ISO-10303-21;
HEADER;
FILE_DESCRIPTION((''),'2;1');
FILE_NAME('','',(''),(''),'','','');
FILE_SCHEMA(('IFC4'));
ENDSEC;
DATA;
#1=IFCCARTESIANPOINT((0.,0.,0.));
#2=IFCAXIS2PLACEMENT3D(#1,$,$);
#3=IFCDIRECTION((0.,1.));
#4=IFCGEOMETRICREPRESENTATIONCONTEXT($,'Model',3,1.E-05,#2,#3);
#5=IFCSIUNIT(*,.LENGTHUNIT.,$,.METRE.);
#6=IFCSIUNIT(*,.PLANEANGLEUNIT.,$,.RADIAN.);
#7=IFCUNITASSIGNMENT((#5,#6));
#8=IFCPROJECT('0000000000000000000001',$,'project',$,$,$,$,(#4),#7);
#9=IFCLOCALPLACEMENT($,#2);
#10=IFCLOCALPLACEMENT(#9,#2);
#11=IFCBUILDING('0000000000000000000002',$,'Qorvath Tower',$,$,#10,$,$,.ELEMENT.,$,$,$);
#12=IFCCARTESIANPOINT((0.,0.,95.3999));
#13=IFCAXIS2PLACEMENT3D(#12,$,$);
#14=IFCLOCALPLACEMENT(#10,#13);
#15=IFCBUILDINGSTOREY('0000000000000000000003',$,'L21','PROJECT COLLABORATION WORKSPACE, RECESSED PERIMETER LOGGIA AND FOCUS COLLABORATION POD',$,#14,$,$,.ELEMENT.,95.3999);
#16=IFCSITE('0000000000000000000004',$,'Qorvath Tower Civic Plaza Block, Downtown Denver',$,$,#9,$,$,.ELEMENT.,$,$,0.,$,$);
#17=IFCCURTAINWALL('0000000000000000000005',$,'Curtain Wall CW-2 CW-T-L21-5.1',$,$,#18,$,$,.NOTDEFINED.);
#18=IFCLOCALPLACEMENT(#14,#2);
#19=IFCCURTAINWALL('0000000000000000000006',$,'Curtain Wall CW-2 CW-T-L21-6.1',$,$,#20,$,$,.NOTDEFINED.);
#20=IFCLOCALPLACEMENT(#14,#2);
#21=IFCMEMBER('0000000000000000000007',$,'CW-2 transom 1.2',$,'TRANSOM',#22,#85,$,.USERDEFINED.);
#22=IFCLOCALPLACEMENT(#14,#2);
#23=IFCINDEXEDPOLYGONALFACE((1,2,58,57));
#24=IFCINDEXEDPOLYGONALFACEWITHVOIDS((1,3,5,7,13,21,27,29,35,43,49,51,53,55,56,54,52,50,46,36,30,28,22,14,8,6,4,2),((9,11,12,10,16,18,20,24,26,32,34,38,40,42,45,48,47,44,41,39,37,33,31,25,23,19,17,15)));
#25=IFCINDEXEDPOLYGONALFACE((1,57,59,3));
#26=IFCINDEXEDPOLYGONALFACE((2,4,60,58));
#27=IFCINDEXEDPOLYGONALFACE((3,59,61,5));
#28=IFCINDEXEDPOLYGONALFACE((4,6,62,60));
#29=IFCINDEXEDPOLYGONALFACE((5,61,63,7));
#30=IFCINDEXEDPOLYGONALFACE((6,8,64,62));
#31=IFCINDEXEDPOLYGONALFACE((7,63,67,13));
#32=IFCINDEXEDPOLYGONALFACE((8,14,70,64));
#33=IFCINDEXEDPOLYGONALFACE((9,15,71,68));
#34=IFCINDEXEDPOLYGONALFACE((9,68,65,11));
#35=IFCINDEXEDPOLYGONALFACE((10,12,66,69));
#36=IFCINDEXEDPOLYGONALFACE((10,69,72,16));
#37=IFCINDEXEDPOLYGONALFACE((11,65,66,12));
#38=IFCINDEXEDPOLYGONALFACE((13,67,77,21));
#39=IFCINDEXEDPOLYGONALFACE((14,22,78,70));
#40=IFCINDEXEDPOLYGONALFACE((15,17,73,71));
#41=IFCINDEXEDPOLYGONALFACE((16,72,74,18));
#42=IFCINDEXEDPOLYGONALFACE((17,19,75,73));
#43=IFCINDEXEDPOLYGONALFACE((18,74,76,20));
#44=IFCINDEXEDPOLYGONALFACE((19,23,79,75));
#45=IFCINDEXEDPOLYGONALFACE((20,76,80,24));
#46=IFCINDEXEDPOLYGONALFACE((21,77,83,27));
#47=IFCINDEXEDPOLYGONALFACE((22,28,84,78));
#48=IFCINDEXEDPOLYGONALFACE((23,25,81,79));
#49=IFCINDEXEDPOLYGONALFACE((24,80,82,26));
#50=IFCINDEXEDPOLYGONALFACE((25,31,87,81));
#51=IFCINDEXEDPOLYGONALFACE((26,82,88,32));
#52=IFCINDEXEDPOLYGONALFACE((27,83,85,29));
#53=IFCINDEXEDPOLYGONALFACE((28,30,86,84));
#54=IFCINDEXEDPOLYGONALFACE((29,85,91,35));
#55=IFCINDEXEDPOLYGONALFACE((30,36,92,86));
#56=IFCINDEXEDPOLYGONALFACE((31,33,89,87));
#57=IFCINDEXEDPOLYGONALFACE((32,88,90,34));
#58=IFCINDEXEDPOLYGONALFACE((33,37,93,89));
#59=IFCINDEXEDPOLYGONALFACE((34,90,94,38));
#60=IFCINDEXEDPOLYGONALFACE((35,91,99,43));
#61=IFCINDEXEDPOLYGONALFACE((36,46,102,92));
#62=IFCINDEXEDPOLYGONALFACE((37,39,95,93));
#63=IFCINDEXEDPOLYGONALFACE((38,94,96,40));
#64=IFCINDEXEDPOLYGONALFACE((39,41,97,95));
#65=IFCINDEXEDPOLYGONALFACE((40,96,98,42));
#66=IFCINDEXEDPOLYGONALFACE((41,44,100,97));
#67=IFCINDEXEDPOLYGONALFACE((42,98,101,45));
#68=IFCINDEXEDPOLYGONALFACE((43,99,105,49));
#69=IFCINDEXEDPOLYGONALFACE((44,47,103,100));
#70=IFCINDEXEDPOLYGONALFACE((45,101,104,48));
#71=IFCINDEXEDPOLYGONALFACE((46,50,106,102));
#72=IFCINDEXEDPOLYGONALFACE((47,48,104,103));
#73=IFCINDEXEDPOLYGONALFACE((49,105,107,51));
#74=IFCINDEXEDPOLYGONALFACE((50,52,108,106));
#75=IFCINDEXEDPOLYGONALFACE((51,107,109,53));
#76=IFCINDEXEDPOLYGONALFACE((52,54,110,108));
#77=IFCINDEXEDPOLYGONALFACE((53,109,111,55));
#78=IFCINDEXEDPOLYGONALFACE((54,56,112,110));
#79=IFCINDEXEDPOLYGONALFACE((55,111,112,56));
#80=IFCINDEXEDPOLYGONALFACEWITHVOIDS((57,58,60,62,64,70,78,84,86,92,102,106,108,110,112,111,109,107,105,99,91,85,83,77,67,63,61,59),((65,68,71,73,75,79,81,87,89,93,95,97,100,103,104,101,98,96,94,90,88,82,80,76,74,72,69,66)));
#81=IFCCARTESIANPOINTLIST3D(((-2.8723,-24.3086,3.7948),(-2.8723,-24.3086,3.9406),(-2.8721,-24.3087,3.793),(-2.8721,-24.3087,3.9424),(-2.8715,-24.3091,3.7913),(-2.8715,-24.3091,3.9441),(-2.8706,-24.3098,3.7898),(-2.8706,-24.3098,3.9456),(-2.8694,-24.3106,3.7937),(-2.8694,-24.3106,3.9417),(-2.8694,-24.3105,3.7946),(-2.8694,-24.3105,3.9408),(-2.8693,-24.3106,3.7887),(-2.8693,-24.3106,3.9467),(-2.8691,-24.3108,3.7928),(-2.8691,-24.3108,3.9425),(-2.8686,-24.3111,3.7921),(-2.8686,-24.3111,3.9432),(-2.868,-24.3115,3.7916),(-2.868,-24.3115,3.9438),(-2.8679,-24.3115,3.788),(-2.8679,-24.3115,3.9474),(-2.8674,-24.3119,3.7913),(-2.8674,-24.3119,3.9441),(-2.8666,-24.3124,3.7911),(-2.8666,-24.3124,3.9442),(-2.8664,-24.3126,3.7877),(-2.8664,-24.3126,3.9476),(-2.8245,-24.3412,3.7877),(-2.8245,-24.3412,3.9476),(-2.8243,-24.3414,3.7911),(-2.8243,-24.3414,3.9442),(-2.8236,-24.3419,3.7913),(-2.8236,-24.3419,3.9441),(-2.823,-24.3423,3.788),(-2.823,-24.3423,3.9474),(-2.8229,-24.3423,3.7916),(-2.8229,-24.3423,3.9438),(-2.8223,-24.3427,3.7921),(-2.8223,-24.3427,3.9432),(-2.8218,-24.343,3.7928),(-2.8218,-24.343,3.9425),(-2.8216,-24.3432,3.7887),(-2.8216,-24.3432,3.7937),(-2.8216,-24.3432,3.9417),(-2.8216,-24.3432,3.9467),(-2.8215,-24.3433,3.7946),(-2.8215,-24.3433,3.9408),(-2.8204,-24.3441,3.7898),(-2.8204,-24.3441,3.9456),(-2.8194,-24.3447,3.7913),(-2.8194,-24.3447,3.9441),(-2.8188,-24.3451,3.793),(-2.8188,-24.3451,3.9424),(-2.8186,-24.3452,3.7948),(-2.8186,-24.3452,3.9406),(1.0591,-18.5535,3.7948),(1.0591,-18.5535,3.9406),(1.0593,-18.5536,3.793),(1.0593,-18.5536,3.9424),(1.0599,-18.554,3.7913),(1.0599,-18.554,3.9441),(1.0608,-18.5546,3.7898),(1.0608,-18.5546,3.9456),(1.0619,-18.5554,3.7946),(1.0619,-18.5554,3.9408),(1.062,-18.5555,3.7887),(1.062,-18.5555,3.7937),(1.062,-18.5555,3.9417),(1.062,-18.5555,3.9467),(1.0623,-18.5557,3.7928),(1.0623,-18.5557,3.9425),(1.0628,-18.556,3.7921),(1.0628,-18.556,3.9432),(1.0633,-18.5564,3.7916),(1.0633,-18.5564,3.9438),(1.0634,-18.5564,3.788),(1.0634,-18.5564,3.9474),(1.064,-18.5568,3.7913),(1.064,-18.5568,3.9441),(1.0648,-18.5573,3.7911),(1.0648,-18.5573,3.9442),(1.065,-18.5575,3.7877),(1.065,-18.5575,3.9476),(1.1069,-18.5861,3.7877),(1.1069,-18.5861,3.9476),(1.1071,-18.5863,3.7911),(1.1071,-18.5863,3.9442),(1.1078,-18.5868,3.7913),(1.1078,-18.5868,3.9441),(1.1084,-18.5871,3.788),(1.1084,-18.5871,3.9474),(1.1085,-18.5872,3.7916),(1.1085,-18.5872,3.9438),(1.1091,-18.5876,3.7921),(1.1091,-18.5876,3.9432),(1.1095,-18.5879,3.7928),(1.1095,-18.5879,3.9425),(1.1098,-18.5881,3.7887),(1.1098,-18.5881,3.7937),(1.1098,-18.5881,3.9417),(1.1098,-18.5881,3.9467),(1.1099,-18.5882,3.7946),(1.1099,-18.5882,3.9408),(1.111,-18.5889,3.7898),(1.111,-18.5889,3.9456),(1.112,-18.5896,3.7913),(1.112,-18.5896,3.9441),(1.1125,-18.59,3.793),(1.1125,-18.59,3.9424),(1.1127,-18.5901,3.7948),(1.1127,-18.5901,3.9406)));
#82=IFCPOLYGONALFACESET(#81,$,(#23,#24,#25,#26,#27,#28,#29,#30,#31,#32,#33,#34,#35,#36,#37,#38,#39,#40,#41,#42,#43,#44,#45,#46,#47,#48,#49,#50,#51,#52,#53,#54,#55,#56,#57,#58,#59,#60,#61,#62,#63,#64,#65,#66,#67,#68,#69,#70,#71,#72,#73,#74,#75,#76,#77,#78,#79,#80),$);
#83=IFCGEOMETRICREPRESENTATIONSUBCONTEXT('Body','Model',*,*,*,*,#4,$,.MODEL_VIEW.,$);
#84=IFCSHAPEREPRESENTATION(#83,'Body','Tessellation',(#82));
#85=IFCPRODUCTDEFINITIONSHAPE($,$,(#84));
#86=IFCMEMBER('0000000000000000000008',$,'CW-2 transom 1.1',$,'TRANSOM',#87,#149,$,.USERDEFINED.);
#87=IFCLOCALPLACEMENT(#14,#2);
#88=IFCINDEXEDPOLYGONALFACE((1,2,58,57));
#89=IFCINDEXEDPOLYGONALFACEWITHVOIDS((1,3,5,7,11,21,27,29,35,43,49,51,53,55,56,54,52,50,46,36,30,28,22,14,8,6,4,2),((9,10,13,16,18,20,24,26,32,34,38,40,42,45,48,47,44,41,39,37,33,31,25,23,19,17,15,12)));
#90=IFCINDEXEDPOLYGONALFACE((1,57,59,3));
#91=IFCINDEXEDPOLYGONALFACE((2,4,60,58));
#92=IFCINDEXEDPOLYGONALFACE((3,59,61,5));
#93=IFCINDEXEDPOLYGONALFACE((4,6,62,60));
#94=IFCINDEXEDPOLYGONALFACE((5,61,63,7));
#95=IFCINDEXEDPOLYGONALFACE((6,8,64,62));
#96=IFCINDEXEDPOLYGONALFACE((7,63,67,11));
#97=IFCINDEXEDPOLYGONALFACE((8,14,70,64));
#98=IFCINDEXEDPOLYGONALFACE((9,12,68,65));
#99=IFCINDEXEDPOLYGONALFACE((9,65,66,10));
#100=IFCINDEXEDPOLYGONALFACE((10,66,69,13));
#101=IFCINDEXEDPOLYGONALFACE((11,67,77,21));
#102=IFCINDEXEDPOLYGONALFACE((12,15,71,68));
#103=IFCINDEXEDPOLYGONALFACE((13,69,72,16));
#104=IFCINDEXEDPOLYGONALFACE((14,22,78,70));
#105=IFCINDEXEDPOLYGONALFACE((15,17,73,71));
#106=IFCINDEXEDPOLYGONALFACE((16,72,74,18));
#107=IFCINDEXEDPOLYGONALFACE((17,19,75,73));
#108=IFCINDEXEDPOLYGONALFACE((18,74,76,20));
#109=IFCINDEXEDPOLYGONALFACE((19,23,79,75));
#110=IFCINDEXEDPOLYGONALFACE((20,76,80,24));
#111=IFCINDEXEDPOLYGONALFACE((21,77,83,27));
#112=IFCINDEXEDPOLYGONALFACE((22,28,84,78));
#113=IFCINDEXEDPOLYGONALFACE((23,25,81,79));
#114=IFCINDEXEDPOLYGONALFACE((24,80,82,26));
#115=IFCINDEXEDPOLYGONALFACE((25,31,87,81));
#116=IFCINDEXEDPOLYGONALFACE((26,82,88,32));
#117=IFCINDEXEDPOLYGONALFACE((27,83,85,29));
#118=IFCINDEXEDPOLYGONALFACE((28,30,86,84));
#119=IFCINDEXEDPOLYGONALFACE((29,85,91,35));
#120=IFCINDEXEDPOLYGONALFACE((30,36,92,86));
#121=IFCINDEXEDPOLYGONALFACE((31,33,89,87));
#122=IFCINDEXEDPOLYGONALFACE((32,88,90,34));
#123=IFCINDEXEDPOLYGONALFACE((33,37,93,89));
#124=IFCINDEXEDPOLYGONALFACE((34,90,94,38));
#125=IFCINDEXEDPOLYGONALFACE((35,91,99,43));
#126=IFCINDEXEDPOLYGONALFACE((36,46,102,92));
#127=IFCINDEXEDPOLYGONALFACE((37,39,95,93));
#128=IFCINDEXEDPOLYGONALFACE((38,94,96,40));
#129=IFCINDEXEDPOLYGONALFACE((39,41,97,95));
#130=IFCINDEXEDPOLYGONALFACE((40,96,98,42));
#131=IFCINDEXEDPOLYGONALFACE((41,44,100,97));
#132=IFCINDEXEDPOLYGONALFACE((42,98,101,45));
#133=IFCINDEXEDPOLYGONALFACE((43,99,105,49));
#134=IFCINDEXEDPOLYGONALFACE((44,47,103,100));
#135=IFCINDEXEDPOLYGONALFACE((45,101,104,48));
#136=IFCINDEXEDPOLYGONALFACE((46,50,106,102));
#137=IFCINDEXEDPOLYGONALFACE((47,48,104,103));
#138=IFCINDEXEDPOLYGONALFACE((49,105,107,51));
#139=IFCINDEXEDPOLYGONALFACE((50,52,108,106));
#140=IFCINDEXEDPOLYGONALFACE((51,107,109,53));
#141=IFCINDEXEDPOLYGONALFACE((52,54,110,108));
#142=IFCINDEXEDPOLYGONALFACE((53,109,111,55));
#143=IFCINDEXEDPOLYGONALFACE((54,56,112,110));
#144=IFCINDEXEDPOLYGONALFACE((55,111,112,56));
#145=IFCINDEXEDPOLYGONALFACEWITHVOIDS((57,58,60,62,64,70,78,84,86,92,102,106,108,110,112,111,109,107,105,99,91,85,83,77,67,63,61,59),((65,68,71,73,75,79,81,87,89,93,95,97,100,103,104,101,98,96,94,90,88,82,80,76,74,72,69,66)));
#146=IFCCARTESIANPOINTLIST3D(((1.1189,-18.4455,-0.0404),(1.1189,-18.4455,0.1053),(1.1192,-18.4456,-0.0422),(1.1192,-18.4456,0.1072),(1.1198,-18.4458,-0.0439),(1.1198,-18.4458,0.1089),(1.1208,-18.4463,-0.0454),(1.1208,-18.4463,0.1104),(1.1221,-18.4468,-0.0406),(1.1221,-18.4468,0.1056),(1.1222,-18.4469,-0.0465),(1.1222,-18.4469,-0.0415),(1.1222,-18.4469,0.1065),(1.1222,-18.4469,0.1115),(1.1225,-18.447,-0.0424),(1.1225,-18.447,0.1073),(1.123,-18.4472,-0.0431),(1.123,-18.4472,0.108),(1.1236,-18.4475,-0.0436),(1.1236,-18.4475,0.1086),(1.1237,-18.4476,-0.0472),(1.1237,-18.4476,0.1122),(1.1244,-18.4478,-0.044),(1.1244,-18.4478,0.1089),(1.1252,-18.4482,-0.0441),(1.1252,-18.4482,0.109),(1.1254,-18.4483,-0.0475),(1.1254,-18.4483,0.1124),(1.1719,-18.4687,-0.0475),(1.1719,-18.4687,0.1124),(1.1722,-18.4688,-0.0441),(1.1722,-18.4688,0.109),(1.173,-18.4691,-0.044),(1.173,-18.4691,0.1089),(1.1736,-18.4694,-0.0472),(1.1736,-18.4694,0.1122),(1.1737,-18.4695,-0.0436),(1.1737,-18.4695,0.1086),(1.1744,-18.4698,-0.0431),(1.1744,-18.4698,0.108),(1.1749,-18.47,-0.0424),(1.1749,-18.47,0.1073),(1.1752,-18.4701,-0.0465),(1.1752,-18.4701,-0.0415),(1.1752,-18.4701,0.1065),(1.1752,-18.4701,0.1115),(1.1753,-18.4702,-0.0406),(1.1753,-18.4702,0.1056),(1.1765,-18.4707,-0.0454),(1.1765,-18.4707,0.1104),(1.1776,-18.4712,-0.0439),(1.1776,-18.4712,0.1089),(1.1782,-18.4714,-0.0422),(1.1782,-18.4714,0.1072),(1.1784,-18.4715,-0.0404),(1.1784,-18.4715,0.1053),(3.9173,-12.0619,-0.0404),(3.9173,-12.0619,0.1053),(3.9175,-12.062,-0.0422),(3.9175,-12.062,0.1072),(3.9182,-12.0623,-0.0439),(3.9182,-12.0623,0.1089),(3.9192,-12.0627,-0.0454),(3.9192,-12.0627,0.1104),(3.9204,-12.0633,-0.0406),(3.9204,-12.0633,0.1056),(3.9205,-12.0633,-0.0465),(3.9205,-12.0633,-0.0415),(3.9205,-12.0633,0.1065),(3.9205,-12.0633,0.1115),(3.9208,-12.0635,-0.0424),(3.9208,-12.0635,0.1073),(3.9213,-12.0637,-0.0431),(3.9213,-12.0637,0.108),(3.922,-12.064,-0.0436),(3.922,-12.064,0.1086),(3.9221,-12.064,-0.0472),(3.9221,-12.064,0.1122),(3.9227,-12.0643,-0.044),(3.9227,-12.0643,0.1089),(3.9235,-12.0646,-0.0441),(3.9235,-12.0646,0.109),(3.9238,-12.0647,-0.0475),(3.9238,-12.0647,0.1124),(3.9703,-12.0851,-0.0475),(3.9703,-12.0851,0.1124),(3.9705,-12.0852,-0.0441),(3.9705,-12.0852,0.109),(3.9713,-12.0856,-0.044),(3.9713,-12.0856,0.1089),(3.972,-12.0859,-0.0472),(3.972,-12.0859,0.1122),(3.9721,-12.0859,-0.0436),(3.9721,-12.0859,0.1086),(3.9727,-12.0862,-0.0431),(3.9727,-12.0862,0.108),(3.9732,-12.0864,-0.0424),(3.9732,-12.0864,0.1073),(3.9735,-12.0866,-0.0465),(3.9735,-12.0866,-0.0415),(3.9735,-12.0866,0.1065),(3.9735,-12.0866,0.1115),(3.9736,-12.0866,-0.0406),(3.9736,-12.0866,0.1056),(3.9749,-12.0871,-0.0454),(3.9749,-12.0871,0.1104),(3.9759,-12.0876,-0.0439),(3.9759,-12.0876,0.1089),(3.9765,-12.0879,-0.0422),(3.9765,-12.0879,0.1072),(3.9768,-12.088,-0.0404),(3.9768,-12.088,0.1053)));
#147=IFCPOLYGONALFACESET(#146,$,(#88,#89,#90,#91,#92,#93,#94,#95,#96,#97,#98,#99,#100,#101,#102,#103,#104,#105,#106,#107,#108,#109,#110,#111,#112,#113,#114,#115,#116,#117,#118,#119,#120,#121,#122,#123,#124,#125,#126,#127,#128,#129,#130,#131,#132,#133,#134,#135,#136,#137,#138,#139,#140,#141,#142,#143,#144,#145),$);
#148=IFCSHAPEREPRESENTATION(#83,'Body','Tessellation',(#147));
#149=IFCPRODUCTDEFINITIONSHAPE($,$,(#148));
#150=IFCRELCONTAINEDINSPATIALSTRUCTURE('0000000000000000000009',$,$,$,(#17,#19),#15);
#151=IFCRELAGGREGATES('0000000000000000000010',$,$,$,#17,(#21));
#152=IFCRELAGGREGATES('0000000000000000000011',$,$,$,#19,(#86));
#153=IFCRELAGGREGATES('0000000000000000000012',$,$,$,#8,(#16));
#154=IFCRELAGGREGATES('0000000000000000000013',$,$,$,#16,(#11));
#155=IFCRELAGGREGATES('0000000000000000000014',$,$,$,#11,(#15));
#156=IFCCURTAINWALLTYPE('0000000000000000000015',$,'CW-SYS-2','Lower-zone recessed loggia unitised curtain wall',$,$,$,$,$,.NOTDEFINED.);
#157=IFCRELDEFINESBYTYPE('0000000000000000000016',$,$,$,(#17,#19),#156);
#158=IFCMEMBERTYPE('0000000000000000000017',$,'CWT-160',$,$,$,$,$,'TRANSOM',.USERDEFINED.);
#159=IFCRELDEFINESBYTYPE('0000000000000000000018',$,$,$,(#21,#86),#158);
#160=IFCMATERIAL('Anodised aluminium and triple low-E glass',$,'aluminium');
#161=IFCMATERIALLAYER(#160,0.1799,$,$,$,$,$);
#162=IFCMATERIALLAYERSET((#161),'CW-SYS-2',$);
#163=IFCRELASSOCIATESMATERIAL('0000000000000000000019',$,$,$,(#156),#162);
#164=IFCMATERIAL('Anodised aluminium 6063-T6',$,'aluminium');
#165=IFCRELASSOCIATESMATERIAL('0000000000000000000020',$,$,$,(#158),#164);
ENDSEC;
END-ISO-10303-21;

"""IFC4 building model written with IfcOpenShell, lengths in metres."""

from ifc_helpers import new_model, si_unit, direction, frame, origin, origin_2d, place, context, subcontext, project, spatial, hollow_rectangle, extrude, material, layer, layer_set, material_profile, profile_set, type_object, element, aggregate, save


model = new_model("IFC4")

# Units and contexts
model_context = context("Model", 3, precision=1e-05, world=origin(), true_north=direction((0.0, 1.0)))
body_context = subcontext(model_context, "Body", "Model", "MODEL_VIEW")
ifc_project = project(units=[si_unit("LENGTHUNIT", "METRE"), si_unit("PLANEANGLEUNIT", "RADIAN")], contexts=[model_context])

# Site, building, storey
site_placement = place(None, origin())
site = spatial("IfcSite", under=ifc_project, at=site_placement, Name="Qorvath Tower Civic Plaza Block, Downtown Denver", CompositionType="ELEMENT", RefElevation=0.0)
building_placement = place(site_placement, origin())
building = spatial("IfcBuilding", under=site, at=building_placement, Name="Qorvath Tower", CompositionType="ELEMENT")
storey_placement = place(building_placement, frame((0.0, 0.0, 95.3999)))
storey = spatial("IfcBuildingStorey", under=building, at=storey_placement, Name="L21", Description="PROJECT COLLABORATION WORKSPACE, RECESSED PERIMETER LOGGIA AND FOCUS COLLABORATION POD", CompositionType="ELEMENT", Elevation=95.3999)

# Curtain walls
ifc_material_1 = material(Name="Anodised aluminium and triple low-E glass", Category="aluminium")
ifc_layer_1 = layer(ifc_material_1, 0.1799)
ifc_layer_set_1 = layer_set([ifc_layer_1], Name="CW-SYS-2")
curtain_wall_type = type_object("IfcCurtainWallType", Name="CW-SYS-2", Description="Lower-zone recessed loggia unitised curtain wall", PredefinedType="NOTDEFINED", material=ifc_layer_set_1)
curtain_wall_1_placement = place(storey_placement, origin())
curtain_wall_1 = element("IfcCurtainWall", 1, at=curtain_wall_1_placement, inside=storey, type_object=curtain_wall_type, Name="Curtain Wall CW-2 CW-T-L21-5.1", PredefinedType="NOTDEFINED")
curtain_wall_2_placement = place(storey_placement, origin())
curtain_wall_2 = element("IfcCurtainWall", 2, at=curtain_wall_2_placement, inside=storey, type_object=curtain_wall_type, Name="Curtain Wall CW-2 CW-T-L21-6.1", PredefinedType="NOTDEFINED")

# Members
ifc_material_2 = material(Name="Anodised aluminium 6063-T6", Category="aluminium")
ifc_material_profile_1 = material_profile(ifc_material_2, hollow_rectangle(XDim=0.0649, YDim=0.1599, WallThickness=0.0034, InnerFilletRadius=0.0034, OuterFilletRadius=0.0071, at=origin_2d()), Name="CWT 160x65")
ifc_profile_set_1 = profile_set([ifc_material_profile_1], Name="Anodised aluminium 6063-T6")
member_type_1 = type_object("IfcMemberType", Name="CWT-160", ElementType="TRANSOM", PredefinedType="USERDEFINED", material=ifc_profile_set_1)
member_1_placement = place(storey_placement, frame((-2.8455, -24.3269, 3.8677), z_axis=(0.564066, 0.82573, 0.0), x_axis=(-0.82573, 0.564066, 0.0)))
member_1 = element("IfcMember", 3, at=member_1_placement, type_object=member_type_1, Name="CW-2 transom 1.2", ObjectType="TRANSOM", PredefinedType="USERDEFINED", context=body_context, shape_type="SweptSolid", body=[
    extrude(hollow_rectangle(XDim=0.0649, YDim=0.1599, WallThickness=0.0034, InnerFilletRadius=0.0034, OuterFilletRadius=0.0071, at=origin_2d()), origin(), (0.0, 0.0, 1.0), 6.9697),
])
member_2_placement = place(storey_placement, frame((1.1487, -18.4585, 0.0325), z_axis=(0.401486, 0.915865, 0.0), x_axis=(-0.915865, 0.401486, 0.0)))
member_2 = element("IfcMember", 4, at=member_2_placement, type_object=member_type_1, Name="CW-2 transom 1.1", ObjectType="TRANSOM", PredefinedType="USERDEFINED", context=body_context, shape_type="SweptSolid", body=[
    extrude(hollow_rectangle(XDim=0.0649, YDim=0.1599, WallThickness=0.0034, InnerFilletRadius=0.0034, OuterFilletRadius=0.0071, at=origin_2d()), origin(), (0.0, 0.0, 1.0), 6.97),
])

aggregate(curtain_wall_1, [member_1])
aggregate(curtain_wall_2, [member_2])

save(model, "model.ifc")
